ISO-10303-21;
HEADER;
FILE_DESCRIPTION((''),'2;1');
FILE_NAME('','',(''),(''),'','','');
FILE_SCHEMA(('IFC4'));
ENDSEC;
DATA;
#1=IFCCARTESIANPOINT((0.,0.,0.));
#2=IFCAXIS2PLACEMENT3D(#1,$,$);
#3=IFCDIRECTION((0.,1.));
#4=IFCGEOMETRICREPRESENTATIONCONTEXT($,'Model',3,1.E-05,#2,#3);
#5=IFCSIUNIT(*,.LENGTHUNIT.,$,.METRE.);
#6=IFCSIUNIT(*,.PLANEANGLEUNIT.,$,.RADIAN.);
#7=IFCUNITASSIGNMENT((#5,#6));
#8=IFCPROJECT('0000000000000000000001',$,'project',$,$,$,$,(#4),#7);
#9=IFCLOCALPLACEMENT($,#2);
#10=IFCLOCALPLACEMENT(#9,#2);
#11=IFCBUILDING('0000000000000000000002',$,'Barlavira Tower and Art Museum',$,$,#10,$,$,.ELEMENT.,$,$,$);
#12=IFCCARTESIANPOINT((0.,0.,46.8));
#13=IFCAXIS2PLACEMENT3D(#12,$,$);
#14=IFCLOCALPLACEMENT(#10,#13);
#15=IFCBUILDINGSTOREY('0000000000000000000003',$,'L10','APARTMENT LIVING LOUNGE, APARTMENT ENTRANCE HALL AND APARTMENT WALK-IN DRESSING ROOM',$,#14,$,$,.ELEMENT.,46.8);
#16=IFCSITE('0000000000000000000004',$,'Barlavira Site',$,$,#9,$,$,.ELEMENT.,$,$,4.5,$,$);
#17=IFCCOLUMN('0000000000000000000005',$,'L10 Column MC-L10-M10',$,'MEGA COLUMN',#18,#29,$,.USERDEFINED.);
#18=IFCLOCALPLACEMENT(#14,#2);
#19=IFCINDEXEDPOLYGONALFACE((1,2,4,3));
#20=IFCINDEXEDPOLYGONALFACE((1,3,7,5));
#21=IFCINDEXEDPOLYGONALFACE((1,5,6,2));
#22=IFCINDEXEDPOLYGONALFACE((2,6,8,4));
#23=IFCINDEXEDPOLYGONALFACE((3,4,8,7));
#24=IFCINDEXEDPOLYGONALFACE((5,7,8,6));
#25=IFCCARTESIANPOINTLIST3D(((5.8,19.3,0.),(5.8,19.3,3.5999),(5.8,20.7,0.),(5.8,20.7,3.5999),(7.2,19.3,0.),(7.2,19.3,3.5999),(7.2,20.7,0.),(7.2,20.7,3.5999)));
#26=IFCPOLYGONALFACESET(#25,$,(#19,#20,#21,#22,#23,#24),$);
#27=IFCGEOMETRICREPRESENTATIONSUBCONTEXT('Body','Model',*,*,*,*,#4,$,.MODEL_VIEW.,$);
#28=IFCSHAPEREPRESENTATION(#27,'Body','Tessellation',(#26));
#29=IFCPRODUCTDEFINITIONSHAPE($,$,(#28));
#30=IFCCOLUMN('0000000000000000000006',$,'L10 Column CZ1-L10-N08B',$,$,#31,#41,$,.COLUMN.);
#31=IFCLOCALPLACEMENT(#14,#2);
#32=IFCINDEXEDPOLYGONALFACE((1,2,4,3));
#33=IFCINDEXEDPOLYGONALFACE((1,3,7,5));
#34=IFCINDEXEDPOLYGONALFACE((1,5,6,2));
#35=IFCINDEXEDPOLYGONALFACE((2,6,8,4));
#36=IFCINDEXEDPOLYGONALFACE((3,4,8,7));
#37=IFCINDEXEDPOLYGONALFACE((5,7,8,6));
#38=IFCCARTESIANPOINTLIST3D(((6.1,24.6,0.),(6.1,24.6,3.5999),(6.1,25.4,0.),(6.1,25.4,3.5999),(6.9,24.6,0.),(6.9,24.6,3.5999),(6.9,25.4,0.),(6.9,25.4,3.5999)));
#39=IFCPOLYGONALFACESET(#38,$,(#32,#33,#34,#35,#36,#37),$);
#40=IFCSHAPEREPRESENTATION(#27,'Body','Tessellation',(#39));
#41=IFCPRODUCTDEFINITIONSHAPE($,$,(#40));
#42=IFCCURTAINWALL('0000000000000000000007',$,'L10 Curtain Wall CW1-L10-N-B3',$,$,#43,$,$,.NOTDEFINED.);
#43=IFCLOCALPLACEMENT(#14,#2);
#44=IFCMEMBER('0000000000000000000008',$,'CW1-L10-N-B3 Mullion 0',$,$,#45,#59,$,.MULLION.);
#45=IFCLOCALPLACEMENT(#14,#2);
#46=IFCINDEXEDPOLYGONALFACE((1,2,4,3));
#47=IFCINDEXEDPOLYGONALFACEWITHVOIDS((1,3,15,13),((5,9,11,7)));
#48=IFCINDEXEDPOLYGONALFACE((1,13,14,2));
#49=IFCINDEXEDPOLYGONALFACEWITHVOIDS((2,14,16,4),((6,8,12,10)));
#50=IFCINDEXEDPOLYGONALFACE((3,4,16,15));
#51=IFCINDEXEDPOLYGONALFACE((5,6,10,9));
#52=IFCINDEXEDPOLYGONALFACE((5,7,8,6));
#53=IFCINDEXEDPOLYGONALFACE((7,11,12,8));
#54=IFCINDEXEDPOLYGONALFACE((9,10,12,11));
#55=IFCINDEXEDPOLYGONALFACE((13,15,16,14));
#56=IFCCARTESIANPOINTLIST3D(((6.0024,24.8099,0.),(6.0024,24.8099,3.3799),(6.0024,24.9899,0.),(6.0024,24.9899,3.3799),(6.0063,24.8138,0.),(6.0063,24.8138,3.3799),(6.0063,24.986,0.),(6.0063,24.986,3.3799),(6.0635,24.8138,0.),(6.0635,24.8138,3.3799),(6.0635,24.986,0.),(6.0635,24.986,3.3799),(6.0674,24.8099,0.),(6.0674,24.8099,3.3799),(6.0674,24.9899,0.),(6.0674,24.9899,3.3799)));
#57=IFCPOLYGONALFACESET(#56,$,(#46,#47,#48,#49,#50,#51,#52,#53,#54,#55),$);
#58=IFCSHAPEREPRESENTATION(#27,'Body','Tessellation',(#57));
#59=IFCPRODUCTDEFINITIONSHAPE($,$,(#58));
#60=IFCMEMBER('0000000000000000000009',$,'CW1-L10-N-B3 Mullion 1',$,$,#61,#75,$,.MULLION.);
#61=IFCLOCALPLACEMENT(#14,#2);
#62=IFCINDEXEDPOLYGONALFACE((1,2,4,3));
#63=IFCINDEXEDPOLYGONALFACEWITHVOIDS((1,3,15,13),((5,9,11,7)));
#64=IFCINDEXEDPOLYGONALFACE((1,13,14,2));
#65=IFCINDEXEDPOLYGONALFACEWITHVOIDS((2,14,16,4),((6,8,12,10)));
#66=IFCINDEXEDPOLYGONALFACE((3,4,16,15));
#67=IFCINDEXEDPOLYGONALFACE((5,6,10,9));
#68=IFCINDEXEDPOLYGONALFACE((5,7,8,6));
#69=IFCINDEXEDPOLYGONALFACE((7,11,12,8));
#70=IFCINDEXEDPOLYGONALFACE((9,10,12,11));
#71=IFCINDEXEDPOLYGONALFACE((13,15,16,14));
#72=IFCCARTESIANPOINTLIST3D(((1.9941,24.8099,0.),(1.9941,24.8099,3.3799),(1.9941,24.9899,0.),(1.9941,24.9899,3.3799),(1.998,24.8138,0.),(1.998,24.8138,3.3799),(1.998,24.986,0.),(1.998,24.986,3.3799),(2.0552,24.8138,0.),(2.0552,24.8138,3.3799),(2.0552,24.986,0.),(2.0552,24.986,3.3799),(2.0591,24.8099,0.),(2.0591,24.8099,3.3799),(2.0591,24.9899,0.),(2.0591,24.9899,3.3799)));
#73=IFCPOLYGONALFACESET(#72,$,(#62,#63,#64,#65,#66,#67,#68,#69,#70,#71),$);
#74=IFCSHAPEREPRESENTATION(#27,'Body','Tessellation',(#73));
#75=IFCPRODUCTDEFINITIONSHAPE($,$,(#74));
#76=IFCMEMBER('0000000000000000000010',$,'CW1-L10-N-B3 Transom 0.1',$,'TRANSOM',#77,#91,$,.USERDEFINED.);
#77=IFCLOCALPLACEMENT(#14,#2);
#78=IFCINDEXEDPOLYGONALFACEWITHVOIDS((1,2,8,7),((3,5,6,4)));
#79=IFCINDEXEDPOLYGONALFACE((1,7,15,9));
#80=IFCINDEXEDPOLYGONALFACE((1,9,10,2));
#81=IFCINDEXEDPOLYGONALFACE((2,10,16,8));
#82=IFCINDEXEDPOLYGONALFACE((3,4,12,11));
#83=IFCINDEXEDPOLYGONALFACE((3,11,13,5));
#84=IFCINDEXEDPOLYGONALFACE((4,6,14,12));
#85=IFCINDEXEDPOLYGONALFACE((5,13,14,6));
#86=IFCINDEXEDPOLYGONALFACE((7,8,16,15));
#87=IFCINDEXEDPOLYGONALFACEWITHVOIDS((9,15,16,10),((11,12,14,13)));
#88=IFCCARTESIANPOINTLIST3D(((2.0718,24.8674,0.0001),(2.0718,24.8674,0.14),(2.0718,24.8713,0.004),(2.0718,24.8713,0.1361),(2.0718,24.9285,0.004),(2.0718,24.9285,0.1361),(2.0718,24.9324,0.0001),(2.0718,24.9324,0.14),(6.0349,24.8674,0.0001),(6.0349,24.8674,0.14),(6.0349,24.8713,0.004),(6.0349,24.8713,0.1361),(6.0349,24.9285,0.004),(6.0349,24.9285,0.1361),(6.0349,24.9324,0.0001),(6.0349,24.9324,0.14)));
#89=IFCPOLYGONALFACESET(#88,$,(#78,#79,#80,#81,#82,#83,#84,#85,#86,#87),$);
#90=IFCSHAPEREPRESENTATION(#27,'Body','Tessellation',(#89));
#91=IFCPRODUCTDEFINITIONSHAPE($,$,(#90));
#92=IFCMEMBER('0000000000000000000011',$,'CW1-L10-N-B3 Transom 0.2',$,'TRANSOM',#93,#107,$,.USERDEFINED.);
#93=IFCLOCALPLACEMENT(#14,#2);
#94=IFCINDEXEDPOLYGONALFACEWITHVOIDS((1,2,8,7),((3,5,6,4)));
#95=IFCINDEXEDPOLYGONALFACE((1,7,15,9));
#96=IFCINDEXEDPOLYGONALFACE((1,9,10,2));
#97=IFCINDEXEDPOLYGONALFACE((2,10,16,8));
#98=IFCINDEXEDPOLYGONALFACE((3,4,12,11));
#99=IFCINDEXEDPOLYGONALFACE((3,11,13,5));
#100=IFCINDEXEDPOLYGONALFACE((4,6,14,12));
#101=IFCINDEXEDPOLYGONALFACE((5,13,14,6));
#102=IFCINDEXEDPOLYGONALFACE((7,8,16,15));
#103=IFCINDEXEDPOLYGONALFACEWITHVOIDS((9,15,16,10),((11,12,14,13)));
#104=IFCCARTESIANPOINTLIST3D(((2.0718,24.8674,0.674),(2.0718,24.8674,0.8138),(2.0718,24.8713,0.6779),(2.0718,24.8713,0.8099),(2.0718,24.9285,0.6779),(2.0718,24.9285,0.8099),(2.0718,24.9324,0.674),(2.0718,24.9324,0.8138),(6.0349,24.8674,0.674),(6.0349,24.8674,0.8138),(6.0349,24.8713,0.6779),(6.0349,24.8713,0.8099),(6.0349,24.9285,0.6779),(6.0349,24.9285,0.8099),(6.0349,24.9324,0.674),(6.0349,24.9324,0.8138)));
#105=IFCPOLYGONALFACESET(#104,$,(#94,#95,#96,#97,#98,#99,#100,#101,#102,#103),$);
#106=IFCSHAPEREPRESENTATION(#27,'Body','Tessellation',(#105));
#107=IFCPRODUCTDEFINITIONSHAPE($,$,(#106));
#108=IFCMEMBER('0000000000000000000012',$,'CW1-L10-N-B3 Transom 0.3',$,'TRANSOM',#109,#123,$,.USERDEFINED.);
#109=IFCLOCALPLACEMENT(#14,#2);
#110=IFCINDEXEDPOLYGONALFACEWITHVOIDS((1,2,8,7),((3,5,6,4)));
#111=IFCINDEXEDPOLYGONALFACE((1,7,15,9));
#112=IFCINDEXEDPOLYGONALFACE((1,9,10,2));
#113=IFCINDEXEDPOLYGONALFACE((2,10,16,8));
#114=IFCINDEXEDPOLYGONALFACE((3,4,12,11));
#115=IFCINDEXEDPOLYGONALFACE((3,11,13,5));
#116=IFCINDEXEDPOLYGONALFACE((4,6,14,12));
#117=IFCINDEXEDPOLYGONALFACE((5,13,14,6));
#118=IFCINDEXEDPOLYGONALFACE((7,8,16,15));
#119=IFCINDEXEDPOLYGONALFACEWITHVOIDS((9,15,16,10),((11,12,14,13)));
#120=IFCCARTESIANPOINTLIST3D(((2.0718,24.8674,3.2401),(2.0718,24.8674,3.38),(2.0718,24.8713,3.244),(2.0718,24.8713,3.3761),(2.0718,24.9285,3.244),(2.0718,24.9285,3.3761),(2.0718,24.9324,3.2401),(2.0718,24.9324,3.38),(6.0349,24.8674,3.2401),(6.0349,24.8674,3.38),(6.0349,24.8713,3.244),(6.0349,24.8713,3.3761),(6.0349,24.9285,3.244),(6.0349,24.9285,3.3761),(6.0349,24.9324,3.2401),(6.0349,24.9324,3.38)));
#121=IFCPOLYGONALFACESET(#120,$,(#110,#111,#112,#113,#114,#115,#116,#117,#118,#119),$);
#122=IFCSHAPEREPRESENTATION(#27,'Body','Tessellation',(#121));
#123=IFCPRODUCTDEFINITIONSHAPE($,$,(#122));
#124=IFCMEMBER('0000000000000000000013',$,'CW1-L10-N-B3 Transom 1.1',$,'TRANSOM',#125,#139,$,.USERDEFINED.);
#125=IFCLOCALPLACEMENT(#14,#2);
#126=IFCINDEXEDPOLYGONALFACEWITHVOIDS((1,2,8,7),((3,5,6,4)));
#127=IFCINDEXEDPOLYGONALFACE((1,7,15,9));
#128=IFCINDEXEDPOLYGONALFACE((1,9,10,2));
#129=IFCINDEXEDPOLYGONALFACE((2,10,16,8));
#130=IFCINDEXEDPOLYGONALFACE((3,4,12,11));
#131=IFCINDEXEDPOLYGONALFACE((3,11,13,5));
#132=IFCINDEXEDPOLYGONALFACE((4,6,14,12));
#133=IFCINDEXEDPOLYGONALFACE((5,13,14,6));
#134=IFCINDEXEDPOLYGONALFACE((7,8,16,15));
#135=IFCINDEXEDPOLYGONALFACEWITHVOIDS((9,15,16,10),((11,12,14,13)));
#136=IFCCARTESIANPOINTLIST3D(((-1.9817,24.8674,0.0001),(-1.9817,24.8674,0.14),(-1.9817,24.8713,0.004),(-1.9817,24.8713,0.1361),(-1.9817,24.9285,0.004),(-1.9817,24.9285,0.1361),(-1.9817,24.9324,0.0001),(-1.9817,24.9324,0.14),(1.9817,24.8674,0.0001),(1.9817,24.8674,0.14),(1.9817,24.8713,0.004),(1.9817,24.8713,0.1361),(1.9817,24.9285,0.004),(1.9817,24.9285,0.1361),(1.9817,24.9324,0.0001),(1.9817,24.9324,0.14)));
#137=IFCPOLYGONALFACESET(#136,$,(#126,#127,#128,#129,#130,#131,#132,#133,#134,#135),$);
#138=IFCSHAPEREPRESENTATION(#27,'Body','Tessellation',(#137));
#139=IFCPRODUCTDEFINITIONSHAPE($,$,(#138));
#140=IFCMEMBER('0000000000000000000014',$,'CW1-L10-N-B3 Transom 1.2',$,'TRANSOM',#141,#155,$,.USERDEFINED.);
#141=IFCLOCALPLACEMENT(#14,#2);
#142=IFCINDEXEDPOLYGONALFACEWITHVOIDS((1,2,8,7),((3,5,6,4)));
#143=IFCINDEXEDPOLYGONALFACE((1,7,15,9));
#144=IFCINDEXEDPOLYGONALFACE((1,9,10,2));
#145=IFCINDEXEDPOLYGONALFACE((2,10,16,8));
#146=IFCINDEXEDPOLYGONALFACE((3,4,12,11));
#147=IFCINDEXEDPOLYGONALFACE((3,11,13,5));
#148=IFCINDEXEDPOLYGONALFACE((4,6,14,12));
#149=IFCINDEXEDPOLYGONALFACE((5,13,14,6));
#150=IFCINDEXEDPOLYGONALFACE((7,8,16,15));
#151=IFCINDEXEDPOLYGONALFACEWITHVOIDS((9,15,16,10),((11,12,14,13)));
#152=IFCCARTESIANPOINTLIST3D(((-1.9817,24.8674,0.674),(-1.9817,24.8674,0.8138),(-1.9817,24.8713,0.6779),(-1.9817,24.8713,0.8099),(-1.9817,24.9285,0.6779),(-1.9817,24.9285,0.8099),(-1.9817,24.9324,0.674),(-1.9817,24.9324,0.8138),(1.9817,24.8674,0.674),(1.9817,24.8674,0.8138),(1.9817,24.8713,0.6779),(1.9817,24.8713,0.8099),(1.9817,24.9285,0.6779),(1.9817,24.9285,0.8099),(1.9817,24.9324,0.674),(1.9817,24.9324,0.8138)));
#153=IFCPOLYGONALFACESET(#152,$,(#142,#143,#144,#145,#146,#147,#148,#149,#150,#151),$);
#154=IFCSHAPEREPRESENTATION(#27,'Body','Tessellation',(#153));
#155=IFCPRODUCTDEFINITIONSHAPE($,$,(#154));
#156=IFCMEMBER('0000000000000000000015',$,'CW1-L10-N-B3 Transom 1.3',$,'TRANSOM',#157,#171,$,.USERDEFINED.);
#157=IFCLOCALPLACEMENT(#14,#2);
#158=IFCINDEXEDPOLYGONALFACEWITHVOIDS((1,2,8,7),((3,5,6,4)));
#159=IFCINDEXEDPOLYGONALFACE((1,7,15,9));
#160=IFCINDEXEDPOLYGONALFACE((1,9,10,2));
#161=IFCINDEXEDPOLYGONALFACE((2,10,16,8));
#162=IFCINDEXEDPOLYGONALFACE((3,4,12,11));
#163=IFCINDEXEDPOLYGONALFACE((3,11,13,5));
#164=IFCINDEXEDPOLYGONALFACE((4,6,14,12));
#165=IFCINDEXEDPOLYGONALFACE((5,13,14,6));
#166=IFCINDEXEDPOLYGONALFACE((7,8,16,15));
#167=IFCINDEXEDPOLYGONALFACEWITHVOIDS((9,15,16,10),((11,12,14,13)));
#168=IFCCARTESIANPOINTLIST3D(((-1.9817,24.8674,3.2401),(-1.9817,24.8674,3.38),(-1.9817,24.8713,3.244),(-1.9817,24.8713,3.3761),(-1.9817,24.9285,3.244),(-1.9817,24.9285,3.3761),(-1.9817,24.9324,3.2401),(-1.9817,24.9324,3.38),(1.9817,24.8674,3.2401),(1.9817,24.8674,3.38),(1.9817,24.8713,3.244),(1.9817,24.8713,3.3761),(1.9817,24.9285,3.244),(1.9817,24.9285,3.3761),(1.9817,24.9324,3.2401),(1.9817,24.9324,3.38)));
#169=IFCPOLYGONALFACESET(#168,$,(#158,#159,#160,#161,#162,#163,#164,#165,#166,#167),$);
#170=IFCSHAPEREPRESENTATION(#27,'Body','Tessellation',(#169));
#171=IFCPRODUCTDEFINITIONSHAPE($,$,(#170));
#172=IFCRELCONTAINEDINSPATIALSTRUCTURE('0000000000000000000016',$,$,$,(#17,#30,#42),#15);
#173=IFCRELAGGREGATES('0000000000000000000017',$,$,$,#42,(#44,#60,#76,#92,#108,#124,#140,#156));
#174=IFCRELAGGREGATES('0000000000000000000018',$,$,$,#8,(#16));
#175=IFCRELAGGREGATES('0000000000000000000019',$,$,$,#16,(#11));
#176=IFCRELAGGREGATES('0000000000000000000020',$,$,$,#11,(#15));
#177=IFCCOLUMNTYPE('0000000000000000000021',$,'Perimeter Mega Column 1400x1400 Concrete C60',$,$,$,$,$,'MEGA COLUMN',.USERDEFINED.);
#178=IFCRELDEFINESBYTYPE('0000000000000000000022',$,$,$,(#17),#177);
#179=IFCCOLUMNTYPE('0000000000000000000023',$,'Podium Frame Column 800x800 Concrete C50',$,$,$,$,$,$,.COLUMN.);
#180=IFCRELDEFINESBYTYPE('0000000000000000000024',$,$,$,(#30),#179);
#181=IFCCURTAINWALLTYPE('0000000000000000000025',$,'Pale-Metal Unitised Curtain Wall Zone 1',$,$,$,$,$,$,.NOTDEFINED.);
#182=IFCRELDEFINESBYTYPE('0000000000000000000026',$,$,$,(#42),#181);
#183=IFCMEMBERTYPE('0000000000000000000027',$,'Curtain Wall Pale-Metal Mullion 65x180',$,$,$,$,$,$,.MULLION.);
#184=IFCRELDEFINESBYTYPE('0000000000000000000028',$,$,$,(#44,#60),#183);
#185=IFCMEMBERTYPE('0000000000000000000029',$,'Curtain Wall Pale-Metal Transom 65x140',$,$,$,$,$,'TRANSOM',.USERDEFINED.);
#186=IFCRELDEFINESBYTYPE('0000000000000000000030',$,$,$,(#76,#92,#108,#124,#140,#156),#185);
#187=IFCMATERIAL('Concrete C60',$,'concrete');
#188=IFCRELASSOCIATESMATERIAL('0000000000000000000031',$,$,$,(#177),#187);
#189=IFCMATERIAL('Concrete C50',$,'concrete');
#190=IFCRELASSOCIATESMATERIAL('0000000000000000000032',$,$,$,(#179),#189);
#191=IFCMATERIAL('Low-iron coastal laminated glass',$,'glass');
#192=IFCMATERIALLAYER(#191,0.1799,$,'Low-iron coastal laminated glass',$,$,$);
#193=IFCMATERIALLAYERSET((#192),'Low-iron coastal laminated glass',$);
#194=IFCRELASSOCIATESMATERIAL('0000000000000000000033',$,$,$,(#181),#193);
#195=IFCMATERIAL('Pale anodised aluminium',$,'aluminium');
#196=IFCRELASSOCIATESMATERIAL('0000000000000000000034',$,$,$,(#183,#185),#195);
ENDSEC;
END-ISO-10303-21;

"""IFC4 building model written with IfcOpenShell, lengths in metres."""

from ifc_helpers import new_model, si_unit, direction, frame, origin, origin_2d, place, context, subcontext, project, spatial, rectangle, hollow_rectangle, extrude, material, layer, layer_set, material_profile, profile_set, type_object, element, aggregate, save


model = new_model("IFC4")

# Units and contexts
model_context = context("Model", 3, precision=1e-05, world=origin(), true_north=direction((0.0, 1.0)))
body_context = subcontext(model_context, "Body", "Model", "MODEL_VIEW")
ifc_project = project(units=[si_unit("LENGTHUNIT", "METRE"), si_unit("PLANEANGLEUNIT", "RADIAN")], contexts=[model_context])

# Site, building, storey
site_placement = place(None, origin())
site = spatial("IfcSite", under=ifc_project, at=site_placement, Name="Barlavira Site", CompositionType="ELEMENT", RefElevation=4.5)
building_placement = place(site_placement, origin())
building = spatial("IfcBuilding", under=site, at=building_placement, Name="Barlavira Tower and Art Museum", CompositionType="ELEMENT")
storey_placement = place(building_placement, frame((0.0, 0.0, 46.8)))
storey = spatial("IfcBuildingStorey", under=building, at=storey_placement, Name="L10", Description="APARTMENT LIVING LOUNGE, APARTMENT ENTRANCE HALL AND APARTMENT WALK-IN DRESSING ROOM", CompositionType="ELEMENT", Elevation=46.8)

# Columns
ifc_material_1 = material(Name="Concrete C60", Category="concrete")
ifc_material_profile_1 = material_profile(ifc_material_1, rectangle(XDim=1.3999, YDim=1.3999, at=origin_2d()), Name="RC-MCOL 1400x1400")
ifc_profile_set_1 = profile_set([ifc_material_profile_1], Name="Concrete C60")
column_type_1 = type_object("IfcColumnType", Name="Perimeter Mega Column 1400x1400 Concrete C60", ElementType="MEGA COLUMN", PredefinedType="USERDEFINED", material=ifc_profile_set_1)
column_1_placement = place(storey_placement, frame((6.5, 20.0, 0.0), z_axis=(0.0, 0.0, 1.0), x_axis=(1.0, 0.0, 0.0)))
element("IfcColumn", 1, at=column_1_placement, inside=storey, type_object=column_type_1, Name="L10 Column MC-L10-M10", ObjectType="MEGA COLUMN", PredefinedType="USERDEFINED", context=body_context, shape_type="SweptSolid", body=[
    extrude(rectangle(XDim=1.3999, YDim=1.3999, at=origin_2d()), origin(), (0.0, 0.0, 1.0), 3.5999),
])
ifc_material_2 = material(Name="Concrete C50", Category="concrete")
ifc_material_profile_2 = material_profile(ifc_material_2, rectangle(XDim=0.8, YDim=0.8, at=origin_2d()), Name="RC-COL 800x800")
ifc_profile_set_2 = profile_set([ifc_material_profile_2], Name="Concrete C50")
column_type_2 = type_object("IfcColumnType", Name="Podium Frame Column 800x800 Concrete C50", PredefinedType="COLUMN", material=ifc_profile_set_2)
column_2_placement = place(storey_placement, frame((6.5, 25.0, 0.0), z_axis=(0.0, 0.0, 1.0), x_axis=(1.0, 0.0, 0.0)))
element("IfcColumn", 2, at=column_2_placement, inside=storey, type_object=column_type_2, Name="L10 Column CZ1-L10-N08B", PredefinedType="COLUMN", context=body_context, shape_type="SweptSolid", body=[
    extrude(rectangle(XDim=0.8, YDim=0.8, at=origin_2d()), origin(), (0.0, 0.0, 1.0), 3.5999),
])

# Curtain wall, members
ifc_material_3 = material(Name="Low-iron coastal laminated glass", Category="glass")
ifc_layer_1 = layer(ifc_material_3, 0.1799, Name="Low-iron coastal laminated glass")
ifc_layer_set_1 = layer_set([ifc_layer_1], Name="Low-iron coastal laminated glass")
curtain_wall_type = type_object("IfcCurtainWallType", Name="Pale-Metal Unitised Curtain Wall Zone 1", PredefinedType="NOTDEFINED", material=ifc_layer_set_1)
curtain_wall_placement = place(storey_placement, origin())
curtain_wall = element("IfcCurtainWall", 3, at=curtain_wall_placement, inside=storey, type_object=curtain_wall_type, Name="L10 Curtain Wall CW1-L10-N-B3", PredefinedType="NOTDEFINED")
ifc_material_4 = material(Name="Pale anodised aluminium", Category="aluminium")
ifc_material_profile_3 = material_profile(ifc_material_4, hollow_rectangle(XDim=0.0649, YDim=0.1799, WallThickness=0.0039, at=origin_2d()), Name="ALU-MULL 65x180x4")
ifc_profile_set_3 = profile_set([ifc_material_profile_3], Name="Pale anodised aluminium")
member_type_1 = type_object("IfcMemberType", Name="Curtain Wall Pale-Metal Mullion 65x180", PredefinedType="MULLION", material=ifc_profile_set_3)
member_1_placement = place(storey_placement, frame((6.0349, 24.8999, 0.0), z_axis=(0.0, 0.0, 1.0), x_axis=(-1.0, 0.0, 0.0)))
member_1 = element("IfcMember", 4, at=member_1_placement, type_object=member_type_1, Name="CW1-L10-N-B3 Mullion 0", PredefinedType="MULLION", context=body_context, shape_type="SweptSolid", body=[
    extrude(hollow_rectangle(XDim=0.0649, YDim=0.1799, WallThickness=0.0039, at=origin_2d()), origin(), (0.0, 0.0, 1.0), 3.3799),
])
member_2_placement = place(storey_placement, frame((2.0266, 24.8999, 0.0), z_axis=(0.0, 0.0, 1.0), x_axis=(-1.0, 0.0, 0.0)))
member_2 = element("IfcMember", 5, at=member_2_placement, type_object=member_type_1, Name="CW1-L10-N-B3 Mullion 1", PredefinedType="MULLION", context=body_context, shape_type="SweptSolid", body=[
    extrude(hollow_rectangle(XDim=0.0649, YDim=0.1799, WallThickness=0.0039, at=origin_2d()), origin(), (0.0, 0.0, 1.0), 3.3799),
])
ifc_material_profile_4 = material_profile(ifc_material_4, hollow_rectangle(XDim=0.0649, YDim=0.1399, WallThickness=0.0039, at=origin_2d()), Name="ALU-TRAN 65x140x4")
ifc_profile_set_4 = profile_set([ifc_material_profile_4], Name="Pale anodised aluminium")
member_type_2 = type_object("IfcMemberType", Name="Curtain Wall Pale-Metal Transom 65x140", ElementType="TRANSOM", PredefinedType="USERDEFINED", material=ifc_profile_set_4)
member_3_placement = place(storey_placement, frame((6.0349, 24.8999, 0.0701), z_axis=(-1.0, 0.0, 0.0), x_axis=(0.0, -1.0, 0.0)))
member_3 = element("IfcMember", 6, at=member_3_placement, type_object=member_type_2, Name="CW1-L10-N-B3 Transom 0.1", ObjectType="TRANSOM", PredefinedType="USERDEFINED", context=body_context, shape_type="SweptSolid", body=[
    extrude(hollow_rectangle(XDim=0.0649, YDim=0.1399, WallThickness=0.0039, at=origin_2d()), origin(), (0.0, 0.0, 1.0), 3.9631),
])
member_4_placement = place(storey_placement, frame((6.0349, 24.8999, 0.7439), z_axis=(-1.0, 0.0, 0.0), x_axis=(0.0, -1.0, 0.0)))
member_4 = element("IfcMember", 7, at=member_4_placement, type_object=member_type_2, Name="CW1-L10-N-B3 Transom 0.2", ObjectType="TRANSOM", PredefinedType="USERDEFINED", context=body_context, shape_type="SweptSolid", body=[
    extrude(hollow_rectangle(XDim=0.0649, YDim=0.1399, WallThickness=0.0039, at=origin_2d()), origin(), (0.0, 0.0, 1.0), 3.9631),
])
member_5_placement = place(storey_placement, frame((6.0349, 24.8999, 3.3101), z_axis=(-1.0, 0.0, 0.0), x_axis=(0.0, -1.0, 0.0)))
member_5 = element("IfcMember", 8, at=member_5_placement, type_object=member_type_2, Name="CW1-L10-N-B3 Transom 0.3", ObjectType="TRANSOM", PredefinedType="USERDEFINED", context=body_context, shape_type="SweptSolid", body=[
    extrude(hollow_rectangle(XDim=0.0649, YDim=0.1399, WallThickness=0.0039, at=origin_2d()), origin(), (0.0, 0.0, 1.0), 3.9631),
])
member_6_placement = place(storey_placement, frame((1.9817, 24.8999, 0.0701), z_axis=(-1.0, 0.0, 0.0), x_axis=(0.0, -1.0, 0.0)))
member_6 = element("IfcMember", 9, at=member_6_placement, type_object=member_type_2, Name="CW1-L10-N-B3 Transom 1.1", ObjectType="TRANSOM", PredefinedType="USERDEFINED", context=body_context, shape_type="SweptSolid", body=[
    extrude(hollow_rectangle(XDim=0.0649, YDim=0.1399, WallThickness=0.0039, at=origin_2d()), origin(), (0.0, 0.0, 1.0), 3.9634),
])
member_7_placement = place(storey_placement, frame((1.9817, 24.8999, 0.7439), z_axis=(-1.0, 0.0, 0.0), x_axis=(0.0, -1.0, 0.0)))
member_7 = element("IfcMember", 10, at=member_7_placement, type_object=member_type_2, Name="CW1-L10-N-B3 Transom 1.2", ObjectType="TRANSOM", PredefinedType="USERDEFINED", context=body_context, shape_type="SweptSolid", body=[
    extrude(hollow_rectangle(XDim=0.0649, YDim=0.1399, WallThickness=0.0039, at=origin_2d()), origin(), (0.0, 0.0, 1.0), 3.9634),
])
member_8_placement = place(storey_placement, frame((1.9817, 24.8999, 3.3101), z_axis=(-1.0, 0.0, 0.0), x_axis=(0.0, -1.0, 0.0)))
member_8 = element("IfcMember", 11, at=member_8_placement, type_object=member_type_2, Name="CW1-L10-N-B3 Transom 1.3", ObjectType="TRANSOM", PredefinedType="USERDEFINED", context=body_context, shape_type="SweptSolid", body=[
    extrude(hollow_rectangle(XDim=0.0649, YDim=0.1399, WallThickness=0.0039, at=origin_2d()), origin(), (0.0, 0.0, 1.0), 3.9634),
])

aggregate(curtain_wall, [member_1, member_2, member_3, member_4, member_5, member_6, member_7, member_8])

save(model, "model.ifc")
